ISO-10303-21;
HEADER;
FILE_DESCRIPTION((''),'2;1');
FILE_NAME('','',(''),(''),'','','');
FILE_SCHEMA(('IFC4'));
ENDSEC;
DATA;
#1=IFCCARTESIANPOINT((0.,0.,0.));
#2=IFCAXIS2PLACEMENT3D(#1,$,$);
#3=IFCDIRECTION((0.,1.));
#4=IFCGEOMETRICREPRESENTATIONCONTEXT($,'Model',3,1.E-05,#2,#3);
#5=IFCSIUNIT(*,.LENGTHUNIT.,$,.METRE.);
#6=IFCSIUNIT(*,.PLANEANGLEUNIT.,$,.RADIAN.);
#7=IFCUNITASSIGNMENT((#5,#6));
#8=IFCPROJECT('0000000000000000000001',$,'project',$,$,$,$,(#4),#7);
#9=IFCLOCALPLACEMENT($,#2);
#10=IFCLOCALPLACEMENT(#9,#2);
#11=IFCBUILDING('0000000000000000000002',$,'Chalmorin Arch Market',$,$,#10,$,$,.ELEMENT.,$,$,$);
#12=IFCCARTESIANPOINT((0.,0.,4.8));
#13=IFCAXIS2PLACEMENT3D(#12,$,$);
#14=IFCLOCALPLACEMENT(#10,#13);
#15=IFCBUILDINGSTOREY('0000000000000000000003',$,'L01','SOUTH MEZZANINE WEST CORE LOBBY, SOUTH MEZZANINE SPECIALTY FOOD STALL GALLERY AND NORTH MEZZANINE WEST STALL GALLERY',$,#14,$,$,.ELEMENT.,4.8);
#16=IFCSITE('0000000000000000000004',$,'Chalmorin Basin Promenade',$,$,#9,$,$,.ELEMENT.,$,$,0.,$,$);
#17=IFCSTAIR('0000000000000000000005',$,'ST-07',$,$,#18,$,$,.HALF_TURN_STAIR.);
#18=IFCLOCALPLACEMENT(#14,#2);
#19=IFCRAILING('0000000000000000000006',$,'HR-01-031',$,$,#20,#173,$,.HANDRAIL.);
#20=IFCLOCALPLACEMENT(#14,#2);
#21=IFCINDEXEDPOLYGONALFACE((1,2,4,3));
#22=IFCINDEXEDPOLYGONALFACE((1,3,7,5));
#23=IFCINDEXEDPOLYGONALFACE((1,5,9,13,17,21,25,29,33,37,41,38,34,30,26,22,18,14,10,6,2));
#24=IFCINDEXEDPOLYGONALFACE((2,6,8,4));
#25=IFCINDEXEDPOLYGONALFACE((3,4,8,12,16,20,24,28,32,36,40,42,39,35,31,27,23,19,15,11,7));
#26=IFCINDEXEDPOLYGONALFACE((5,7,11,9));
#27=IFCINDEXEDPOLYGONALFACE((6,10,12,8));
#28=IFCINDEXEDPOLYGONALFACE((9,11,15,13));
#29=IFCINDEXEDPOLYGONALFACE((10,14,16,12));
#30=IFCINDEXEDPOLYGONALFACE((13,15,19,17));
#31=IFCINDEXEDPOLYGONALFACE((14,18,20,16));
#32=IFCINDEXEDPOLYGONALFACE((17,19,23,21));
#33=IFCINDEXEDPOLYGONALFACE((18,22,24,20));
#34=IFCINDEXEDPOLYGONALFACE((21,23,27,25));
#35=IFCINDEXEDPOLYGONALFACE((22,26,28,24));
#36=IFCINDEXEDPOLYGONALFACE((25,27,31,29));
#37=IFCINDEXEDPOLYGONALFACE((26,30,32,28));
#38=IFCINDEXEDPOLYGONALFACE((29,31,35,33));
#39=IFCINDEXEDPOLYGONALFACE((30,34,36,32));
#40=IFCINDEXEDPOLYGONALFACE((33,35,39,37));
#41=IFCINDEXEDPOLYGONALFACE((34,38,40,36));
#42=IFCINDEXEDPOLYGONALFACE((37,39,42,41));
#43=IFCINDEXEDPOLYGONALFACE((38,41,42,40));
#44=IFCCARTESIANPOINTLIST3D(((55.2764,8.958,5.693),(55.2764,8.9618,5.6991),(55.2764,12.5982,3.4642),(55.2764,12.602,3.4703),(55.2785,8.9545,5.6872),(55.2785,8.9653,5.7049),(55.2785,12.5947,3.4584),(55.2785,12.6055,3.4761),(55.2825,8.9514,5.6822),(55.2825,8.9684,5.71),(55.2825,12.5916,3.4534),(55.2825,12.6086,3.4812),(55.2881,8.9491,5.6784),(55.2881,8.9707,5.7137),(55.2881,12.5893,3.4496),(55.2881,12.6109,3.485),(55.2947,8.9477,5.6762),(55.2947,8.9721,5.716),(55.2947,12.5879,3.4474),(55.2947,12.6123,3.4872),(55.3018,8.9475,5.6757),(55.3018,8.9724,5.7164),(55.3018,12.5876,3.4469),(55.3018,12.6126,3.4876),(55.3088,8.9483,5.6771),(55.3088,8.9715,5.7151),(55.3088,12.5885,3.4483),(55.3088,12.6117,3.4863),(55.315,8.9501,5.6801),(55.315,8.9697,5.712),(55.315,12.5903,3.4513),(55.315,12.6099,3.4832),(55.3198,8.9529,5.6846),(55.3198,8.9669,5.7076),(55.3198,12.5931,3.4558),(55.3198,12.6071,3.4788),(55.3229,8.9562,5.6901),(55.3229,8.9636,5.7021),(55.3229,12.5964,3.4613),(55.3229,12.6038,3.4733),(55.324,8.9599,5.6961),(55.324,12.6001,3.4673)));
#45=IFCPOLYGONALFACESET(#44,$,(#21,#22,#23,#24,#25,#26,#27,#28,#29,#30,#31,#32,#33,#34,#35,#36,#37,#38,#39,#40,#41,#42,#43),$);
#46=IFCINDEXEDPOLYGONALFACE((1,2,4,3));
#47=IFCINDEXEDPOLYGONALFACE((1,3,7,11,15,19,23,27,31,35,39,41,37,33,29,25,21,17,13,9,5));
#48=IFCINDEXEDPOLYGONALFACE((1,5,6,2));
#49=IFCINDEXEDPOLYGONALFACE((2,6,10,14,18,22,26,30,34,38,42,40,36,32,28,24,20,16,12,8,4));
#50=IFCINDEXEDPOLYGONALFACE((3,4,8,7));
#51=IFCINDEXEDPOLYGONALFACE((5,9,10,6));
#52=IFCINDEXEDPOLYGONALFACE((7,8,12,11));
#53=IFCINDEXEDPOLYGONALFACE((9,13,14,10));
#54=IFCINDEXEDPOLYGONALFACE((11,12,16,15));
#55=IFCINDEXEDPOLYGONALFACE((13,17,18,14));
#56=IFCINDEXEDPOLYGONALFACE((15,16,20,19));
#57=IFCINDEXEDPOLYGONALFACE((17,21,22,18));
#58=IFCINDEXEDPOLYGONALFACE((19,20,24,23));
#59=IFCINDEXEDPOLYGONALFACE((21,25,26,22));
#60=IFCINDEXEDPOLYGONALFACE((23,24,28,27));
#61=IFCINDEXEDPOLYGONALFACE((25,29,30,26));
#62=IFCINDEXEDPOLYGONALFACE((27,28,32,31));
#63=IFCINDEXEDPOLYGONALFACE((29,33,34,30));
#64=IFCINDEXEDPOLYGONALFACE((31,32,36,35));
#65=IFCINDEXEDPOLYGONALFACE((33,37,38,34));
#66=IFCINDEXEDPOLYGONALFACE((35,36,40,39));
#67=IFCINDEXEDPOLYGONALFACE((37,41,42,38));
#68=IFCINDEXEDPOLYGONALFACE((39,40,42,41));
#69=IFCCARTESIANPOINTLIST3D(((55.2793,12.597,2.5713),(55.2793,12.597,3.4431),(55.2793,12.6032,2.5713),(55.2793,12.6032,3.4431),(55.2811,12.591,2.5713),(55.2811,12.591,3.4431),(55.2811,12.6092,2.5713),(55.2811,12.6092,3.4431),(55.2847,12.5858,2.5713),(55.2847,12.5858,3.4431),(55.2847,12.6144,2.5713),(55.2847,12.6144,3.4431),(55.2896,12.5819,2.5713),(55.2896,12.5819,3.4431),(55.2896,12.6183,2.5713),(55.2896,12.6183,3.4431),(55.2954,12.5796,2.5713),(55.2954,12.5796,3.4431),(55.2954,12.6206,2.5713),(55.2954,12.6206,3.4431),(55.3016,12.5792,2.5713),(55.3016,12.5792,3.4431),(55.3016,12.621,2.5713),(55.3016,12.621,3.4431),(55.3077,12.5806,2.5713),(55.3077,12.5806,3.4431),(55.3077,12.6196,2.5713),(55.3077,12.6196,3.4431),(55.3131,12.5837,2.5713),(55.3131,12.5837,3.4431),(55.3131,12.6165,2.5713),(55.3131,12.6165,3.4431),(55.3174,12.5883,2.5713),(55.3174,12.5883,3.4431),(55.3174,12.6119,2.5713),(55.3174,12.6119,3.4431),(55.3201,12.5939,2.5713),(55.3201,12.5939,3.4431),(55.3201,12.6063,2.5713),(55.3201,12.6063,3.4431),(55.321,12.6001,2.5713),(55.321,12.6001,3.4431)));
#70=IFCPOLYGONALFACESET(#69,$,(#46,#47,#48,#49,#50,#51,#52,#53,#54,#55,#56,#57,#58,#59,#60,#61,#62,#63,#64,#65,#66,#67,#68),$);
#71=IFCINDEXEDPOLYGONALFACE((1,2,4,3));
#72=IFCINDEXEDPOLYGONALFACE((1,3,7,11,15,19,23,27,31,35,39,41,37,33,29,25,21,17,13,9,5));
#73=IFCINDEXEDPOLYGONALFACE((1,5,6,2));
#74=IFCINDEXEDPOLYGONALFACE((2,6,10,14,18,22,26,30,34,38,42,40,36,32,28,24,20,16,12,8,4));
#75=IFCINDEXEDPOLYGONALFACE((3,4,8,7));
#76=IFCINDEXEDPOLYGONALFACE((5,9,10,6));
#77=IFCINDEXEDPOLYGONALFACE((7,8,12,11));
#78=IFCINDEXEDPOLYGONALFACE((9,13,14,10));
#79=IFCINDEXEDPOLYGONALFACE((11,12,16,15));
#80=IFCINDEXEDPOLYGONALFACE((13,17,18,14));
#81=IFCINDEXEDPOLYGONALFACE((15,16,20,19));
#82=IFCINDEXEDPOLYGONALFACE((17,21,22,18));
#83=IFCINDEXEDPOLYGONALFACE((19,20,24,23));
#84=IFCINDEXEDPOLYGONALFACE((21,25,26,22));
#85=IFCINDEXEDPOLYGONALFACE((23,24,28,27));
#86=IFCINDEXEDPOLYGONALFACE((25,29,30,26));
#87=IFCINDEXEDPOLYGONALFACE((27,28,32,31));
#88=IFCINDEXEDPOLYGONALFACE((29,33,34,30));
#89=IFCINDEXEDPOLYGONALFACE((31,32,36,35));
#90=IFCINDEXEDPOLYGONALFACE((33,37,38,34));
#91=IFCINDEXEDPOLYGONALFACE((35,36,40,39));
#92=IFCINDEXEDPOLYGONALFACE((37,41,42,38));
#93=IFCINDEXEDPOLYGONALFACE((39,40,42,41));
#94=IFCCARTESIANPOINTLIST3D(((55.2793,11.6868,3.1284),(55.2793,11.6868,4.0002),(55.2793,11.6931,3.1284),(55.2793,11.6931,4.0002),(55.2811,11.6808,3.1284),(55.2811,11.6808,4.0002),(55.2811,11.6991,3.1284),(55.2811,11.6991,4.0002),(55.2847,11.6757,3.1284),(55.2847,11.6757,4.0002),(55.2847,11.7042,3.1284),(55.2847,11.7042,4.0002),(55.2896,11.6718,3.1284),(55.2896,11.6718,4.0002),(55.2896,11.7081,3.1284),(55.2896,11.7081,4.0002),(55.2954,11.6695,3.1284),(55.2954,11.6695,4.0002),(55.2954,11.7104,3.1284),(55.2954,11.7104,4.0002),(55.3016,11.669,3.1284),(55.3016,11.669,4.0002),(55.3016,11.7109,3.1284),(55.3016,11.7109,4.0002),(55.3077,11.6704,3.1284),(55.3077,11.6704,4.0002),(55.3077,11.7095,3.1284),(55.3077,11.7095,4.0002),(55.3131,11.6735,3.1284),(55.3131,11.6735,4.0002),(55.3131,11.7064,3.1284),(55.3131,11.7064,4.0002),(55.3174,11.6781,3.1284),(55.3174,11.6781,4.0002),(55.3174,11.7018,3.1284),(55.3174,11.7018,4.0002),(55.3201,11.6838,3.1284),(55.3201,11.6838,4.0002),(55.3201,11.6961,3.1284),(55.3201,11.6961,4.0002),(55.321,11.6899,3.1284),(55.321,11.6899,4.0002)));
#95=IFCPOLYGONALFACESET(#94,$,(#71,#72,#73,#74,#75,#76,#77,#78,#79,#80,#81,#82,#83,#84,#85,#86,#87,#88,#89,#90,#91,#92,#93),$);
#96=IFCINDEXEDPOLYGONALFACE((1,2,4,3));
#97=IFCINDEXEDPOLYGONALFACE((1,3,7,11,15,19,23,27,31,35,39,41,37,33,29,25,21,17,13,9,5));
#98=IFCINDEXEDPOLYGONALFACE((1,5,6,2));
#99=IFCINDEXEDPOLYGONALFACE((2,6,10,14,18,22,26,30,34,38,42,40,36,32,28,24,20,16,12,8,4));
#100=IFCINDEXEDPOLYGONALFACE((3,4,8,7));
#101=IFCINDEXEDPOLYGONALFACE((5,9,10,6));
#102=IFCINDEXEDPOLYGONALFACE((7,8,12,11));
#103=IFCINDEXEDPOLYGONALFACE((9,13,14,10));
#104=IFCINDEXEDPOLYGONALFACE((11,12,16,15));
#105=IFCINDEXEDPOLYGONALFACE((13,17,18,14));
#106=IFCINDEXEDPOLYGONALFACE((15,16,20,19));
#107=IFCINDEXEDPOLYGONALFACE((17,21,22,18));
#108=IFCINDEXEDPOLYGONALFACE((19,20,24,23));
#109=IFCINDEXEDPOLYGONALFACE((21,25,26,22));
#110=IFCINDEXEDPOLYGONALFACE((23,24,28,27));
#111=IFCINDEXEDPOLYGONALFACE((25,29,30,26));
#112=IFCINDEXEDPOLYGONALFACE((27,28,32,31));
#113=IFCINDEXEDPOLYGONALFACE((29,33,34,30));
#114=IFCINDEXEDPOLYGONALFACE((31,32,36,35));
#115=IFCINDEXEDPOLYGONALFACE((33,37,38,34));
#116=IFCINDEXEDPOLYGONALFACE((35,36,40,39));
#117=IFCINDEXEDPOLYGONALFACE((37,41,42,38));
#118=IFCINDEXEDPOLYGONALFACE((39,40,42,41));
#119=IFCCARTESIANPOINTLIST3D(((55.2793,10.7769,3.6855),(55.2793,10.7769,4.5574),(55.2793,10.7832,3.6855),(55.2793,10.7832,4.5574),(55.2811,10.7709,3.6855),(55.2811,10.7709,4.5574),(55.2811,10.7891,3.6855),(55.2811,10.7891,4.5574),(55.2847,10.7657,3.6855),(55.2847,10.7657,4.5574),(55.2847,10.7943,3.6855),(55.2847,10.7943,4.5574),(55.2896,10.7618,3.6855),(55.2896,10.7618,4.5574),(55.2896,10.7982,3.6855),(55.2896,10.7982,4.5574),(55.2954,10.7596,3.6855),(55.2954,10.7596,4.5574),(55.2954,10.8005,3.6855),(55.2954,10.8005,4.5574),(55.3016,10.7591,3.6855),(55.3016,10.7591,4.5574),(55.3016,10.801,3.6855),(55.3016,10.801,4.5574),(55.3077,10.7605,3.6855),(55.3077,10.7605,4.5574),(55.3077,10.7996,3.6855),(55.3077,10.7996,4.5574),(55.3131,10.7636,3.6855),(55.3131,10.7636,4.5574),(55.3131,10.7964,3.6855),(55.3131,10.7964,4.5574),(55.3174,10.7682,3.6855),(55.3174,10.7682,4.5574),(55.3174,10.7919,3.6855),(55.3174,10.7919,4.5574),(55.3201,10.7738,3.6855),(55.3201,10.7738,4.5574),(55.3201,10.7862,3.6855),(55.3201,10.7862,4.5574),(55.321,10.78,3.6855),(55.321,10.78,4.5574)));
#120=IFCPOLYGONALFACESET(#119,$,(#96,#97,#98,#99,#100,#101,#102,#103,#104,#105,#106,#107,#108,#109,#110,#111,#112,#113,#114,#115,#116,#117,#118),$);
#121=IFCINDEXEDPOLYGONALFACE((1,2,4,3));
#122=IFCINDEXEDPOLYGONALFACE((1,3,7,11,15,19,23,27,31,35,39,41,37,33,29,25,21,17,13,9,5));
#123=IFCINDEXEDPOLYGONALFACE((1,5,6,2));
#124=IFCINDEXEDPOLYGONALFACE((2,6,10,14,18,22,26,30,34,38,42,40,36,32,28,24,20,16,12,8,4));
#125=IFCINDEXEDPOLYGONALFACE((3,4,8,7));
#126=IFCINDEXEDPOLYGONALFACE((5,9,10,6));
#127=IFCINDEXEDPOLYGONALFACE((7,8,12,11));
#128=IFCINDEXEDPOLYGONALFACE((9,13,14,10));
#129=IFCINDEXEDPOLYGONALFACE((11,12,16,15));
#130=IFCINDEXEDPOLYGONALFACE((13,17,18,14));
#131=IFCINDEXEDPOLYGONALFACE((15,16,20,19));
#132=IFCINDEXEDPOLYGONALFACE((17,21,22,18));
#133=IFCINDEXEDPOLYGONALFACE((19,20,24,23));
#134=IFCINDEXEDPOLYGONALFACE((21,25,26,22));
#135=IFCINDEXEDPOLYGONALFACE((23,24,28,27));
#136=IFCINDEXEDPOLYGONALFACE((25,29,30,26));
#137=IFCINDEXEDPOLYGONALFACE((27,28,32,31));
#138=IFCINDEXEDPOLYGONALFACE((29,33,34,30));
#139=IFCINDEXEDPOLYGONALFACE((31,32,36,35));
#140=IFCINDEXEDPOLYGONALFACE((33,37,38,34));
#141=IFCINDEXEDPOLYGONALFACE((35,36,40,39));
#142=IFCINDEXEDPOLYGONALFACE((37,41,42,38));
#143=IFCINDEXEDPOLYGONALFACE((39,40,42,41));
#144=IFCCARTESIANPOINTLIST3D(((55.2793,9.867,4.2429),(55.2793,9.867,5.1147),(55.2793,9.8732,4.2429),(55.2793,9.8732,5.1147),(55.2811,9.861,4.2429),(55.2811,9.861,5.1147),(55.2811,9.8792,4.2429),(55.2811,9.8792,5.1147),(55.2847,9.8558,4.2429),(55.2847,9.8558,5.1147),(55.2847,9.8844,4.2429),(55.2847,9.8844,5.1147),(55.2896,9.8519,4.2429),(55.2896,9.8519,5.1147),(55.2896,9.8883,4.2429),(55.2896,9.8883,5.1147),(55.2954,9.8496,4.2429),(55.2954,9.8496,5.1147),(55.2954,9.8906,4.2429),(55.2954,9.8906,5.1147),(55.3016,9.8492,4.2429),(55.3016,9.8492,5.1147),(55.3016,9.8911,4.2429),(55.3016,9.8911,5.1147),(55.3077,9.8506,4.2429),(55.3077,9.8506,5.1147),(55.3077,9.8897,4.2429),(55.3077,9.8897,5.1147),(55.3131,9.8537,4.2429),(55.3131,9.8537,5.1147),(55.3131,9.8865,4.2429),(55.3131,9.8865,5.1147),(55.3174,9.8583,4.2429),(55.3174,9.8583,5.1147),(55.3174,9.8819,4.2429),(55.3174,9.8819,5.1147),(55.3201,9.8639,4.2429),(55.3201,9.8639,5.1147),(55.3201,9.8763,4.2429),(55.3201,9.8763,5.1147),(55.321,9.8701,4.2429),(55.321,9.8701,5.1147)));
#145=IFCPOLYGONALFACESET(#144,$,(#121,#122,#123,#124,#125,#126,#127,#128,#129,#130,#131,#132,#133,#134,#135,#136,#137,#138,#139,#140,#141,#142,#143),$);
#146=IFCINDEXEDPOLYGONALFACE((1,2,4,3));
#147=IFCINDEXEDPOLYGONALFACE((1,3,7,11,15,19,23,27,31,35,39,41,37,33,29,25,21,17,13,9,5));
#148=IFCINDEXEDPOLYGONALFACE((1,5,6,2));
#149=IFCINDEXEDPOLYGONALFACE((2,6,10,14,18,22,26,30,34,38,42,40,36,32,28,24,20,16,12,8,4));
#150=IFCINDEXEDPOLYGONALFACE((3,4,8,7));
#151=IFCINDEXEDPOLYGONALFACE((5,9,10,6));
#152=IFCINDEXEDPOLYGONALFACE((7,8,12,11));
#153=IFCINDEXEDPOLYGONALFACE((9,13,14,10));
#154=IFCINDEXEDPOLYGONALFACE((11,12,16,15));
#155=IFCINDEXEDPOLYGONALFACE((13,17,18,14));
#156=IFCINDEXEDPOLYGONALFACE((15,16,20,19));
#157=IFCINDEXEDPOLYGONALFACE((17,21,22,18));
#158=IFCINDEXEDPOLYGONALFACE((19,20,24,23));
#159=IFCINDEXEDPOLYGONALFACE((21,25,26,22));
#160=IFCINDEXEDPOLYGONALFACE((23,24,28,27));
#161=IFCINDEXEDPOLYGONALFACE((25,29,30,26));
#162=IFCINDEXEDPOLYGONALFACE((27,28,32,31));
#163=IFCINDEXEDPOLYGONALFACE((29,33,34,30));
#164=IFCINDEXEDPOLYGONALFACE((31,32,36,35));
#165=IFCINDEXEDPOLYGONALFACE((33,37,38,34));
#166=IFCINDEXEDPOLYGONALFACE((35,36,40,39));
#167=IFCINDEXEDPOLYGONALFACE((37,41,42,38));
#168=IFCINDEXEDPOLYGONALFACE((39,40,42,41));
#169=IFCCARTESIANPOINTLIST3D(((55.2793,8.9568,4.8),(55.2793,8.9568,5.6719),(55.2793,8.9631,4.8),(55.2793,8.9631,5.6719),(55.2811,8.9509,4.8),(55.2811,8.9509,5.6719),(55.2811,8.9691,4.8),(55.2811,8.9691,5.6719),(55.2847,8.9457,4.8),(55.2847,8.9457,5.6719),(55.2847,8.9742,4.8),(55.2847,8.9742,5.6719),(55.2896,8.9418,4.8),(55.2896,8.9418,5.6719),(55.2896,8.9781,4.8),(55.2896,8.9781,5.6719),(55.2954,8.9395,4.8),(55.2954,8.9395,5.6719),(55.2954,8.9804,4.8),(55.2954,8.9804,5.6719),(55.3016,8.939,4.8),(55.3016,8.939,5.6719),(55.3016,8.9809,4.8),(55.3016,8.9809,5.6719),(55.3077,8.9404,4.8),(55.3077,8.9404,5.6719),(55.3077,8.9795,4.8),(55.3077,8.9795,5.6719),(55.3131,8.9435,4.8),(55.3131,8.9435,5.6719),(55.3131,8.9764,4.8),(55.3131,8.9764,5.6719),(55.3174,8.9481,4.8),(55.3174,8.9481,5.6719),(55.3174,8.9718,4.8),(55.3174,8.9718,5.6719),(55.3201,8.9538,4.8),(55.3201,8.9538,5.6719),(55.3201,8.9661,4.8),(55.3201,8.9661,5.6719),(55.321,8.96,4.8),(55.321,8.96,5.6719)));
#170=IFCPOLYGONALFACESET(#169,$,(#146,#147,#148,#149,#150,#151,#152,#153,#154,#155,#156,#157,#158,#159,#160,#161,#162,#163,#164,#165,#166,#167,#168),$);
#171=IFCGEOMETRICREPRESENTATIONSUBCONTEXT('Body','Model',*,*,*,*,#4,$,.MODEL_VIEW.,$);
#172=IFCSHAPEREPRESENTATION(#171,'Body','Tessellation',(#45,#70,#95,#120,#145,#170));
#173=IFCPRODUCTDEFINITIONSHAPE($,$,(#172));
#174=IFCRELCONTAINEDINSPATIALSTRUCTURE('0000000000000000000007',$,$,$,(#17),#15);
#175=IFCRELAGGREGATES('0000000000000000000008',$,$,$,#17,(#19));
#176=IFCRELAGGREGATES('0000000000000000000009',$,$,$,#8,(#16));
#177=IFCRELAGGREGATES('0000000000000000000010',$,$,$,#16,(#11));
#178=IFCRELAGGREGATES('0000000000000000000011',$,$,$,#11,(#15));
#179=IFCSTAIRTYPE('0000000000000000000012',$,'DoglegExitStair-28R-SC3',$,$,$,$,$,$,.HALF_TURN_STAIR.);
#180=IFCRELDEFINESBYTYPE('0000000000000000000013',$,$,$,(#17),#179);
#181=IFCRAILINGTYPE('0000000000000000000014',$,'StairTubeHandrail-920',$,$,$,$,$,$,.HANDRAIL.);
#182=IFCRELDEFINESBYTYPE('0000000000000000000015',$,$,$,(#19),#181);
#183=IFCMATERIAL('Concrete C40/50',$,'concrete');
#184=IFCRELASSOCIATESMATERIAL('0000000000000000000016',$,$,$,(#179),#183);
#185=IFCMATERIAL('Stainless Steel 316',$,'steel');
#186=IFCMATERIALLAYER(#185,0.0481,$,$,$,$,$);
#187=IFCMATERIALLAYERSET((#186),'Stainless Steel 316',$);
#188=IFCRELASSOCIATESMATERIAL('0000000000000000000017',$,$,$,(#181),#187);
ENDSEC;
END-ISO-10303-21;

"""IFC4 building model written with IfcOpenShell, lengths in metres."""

from ifc_helpers import new_model, si_unit, direction, frame, origin, origin_2d, place, context, subcontext, project, spatial, circle, extrude, material, layer, layer_set, type_object, element, aggregate, save


model = new_model("IFC4")

# Units and contexts
model_context = context("Model", 3, precision=1e-05, world=origin(), true_north=direction((0.0, 1.0)))
body_context = subcontext(model_context, "Body", "Model", "MODEL_VIEW")
ifc_project = project(units=[si_unit("LENGTHUNIT", "METRE"), si_unit("PLANEANGLEUNIT", "RADIAN")], contexts=[model_context])

# Site, building, storey
site_placement = place(None, origin())
site = spatial("IfcSite", under=ifc_project, at=site_placement, Name="Chalmorin Basin Promenade", CompositionType="ELEMENT", RefElevation=0.0)
building_placement = place(site_placement, origin())
building = spatial("IfcBuilding", under=site, at=building_placement, Name="Chalmorin Arch Market", CompositionType="ELEMENT")
storey_placement = place(building_placement, frame((0.0, 0.0, 4.8)))
storey = spatial("IfcBuildingStorey", under=building, at=storey_placement, Name="L01", Description="SOUTH MEZZANINE WEST CORE LOBBY, SOUTH MEZZANINE SPECIALTY FOOD STALL GALLERY AND NORTH MEZZANINE WEST STALL GALLERY", CompositionType="ELEMENT", Elevation=4.8)

# Shared definitions
ifc_material_1 = material(Name="Concrete C40/50", Category="concrete")

# Stair
stair_type = type_object("IfcStairType", Name="DoglegExitStair-28R-SC3", PredefinedType="HALF_TURN_STAIR", material=ifc_material_1)
stair_placement = place(storey_placement, origin())
stair = element("IfcStair", 1, at=stair_placement, inside=storey, type_object=stair_type, Name="ST-07", PredefinedType="HALF_TURN_STAIR")

# Railing
ifc_material_2 = material(Name="Stainless Steel 316", Category="steel")
ifc_layer_1 = layer(ifc_material_2, 0.0481)
ifc_layer_set_1 = layer_set([ifc_layer_1], Name="Stainless Steel 316")
railing_type_1 = type_object("IfcRailingType", Name="StairTubeHandrail-920", PredefinedType="HANDRAIL", material=ifc_layer_set_1)
railing_1_placement = place(storey_placement, frame((55.3, 12.6001, 2.5713)))
railing_1 = element("IfcRailing", 2, at=railing_1_placement, type_object=railing_type_1, Name="HR-01-031", PredefinedType="HANDRAIL", context=body_context, shape_type="SweptSolid", body=[
    extrude(circle(Radius=0.0239, at=origin_2d()), frame((0.0, 0.0, 0.896), z_axis=(0.0, -0.85284, 0.522172), x_axis=(1.0, 0.0, 0.0)), (0.0, 0.0, 1.0), 4.2683),
    extrude(circle(Radius=0.021, at=origin_2d()), origin(), (0.0, 0.0, 1.0), 0.8718),
    extrude(circle(Radius=0.021, at=origin_2d()), frame((0.0, -0.9102, 0.5571)), (0.0, 0.0, 1.0), 0.8718),
    extrude(circle(Radius=0.021, at=origin_2d()), frame((0.0, -1.8201, 1.1143)), (0.0, 0.0, 1.0), 0.8718),
    extrude(circle(Radius=0.021, at=origin_2d()), frame((0.0, -2.73, 1.6716)), (0.0, 0.0, 1.0), 0.8718),
    extrude(circle(Radius=0.021, at=origin_2d()), frame((0.0, -3.6401, 2.2288)), (0.0, 0.0, 1.0), 0.8718),
])
aggregate(stair, [railing_1])

save(model, "model.ifc")
